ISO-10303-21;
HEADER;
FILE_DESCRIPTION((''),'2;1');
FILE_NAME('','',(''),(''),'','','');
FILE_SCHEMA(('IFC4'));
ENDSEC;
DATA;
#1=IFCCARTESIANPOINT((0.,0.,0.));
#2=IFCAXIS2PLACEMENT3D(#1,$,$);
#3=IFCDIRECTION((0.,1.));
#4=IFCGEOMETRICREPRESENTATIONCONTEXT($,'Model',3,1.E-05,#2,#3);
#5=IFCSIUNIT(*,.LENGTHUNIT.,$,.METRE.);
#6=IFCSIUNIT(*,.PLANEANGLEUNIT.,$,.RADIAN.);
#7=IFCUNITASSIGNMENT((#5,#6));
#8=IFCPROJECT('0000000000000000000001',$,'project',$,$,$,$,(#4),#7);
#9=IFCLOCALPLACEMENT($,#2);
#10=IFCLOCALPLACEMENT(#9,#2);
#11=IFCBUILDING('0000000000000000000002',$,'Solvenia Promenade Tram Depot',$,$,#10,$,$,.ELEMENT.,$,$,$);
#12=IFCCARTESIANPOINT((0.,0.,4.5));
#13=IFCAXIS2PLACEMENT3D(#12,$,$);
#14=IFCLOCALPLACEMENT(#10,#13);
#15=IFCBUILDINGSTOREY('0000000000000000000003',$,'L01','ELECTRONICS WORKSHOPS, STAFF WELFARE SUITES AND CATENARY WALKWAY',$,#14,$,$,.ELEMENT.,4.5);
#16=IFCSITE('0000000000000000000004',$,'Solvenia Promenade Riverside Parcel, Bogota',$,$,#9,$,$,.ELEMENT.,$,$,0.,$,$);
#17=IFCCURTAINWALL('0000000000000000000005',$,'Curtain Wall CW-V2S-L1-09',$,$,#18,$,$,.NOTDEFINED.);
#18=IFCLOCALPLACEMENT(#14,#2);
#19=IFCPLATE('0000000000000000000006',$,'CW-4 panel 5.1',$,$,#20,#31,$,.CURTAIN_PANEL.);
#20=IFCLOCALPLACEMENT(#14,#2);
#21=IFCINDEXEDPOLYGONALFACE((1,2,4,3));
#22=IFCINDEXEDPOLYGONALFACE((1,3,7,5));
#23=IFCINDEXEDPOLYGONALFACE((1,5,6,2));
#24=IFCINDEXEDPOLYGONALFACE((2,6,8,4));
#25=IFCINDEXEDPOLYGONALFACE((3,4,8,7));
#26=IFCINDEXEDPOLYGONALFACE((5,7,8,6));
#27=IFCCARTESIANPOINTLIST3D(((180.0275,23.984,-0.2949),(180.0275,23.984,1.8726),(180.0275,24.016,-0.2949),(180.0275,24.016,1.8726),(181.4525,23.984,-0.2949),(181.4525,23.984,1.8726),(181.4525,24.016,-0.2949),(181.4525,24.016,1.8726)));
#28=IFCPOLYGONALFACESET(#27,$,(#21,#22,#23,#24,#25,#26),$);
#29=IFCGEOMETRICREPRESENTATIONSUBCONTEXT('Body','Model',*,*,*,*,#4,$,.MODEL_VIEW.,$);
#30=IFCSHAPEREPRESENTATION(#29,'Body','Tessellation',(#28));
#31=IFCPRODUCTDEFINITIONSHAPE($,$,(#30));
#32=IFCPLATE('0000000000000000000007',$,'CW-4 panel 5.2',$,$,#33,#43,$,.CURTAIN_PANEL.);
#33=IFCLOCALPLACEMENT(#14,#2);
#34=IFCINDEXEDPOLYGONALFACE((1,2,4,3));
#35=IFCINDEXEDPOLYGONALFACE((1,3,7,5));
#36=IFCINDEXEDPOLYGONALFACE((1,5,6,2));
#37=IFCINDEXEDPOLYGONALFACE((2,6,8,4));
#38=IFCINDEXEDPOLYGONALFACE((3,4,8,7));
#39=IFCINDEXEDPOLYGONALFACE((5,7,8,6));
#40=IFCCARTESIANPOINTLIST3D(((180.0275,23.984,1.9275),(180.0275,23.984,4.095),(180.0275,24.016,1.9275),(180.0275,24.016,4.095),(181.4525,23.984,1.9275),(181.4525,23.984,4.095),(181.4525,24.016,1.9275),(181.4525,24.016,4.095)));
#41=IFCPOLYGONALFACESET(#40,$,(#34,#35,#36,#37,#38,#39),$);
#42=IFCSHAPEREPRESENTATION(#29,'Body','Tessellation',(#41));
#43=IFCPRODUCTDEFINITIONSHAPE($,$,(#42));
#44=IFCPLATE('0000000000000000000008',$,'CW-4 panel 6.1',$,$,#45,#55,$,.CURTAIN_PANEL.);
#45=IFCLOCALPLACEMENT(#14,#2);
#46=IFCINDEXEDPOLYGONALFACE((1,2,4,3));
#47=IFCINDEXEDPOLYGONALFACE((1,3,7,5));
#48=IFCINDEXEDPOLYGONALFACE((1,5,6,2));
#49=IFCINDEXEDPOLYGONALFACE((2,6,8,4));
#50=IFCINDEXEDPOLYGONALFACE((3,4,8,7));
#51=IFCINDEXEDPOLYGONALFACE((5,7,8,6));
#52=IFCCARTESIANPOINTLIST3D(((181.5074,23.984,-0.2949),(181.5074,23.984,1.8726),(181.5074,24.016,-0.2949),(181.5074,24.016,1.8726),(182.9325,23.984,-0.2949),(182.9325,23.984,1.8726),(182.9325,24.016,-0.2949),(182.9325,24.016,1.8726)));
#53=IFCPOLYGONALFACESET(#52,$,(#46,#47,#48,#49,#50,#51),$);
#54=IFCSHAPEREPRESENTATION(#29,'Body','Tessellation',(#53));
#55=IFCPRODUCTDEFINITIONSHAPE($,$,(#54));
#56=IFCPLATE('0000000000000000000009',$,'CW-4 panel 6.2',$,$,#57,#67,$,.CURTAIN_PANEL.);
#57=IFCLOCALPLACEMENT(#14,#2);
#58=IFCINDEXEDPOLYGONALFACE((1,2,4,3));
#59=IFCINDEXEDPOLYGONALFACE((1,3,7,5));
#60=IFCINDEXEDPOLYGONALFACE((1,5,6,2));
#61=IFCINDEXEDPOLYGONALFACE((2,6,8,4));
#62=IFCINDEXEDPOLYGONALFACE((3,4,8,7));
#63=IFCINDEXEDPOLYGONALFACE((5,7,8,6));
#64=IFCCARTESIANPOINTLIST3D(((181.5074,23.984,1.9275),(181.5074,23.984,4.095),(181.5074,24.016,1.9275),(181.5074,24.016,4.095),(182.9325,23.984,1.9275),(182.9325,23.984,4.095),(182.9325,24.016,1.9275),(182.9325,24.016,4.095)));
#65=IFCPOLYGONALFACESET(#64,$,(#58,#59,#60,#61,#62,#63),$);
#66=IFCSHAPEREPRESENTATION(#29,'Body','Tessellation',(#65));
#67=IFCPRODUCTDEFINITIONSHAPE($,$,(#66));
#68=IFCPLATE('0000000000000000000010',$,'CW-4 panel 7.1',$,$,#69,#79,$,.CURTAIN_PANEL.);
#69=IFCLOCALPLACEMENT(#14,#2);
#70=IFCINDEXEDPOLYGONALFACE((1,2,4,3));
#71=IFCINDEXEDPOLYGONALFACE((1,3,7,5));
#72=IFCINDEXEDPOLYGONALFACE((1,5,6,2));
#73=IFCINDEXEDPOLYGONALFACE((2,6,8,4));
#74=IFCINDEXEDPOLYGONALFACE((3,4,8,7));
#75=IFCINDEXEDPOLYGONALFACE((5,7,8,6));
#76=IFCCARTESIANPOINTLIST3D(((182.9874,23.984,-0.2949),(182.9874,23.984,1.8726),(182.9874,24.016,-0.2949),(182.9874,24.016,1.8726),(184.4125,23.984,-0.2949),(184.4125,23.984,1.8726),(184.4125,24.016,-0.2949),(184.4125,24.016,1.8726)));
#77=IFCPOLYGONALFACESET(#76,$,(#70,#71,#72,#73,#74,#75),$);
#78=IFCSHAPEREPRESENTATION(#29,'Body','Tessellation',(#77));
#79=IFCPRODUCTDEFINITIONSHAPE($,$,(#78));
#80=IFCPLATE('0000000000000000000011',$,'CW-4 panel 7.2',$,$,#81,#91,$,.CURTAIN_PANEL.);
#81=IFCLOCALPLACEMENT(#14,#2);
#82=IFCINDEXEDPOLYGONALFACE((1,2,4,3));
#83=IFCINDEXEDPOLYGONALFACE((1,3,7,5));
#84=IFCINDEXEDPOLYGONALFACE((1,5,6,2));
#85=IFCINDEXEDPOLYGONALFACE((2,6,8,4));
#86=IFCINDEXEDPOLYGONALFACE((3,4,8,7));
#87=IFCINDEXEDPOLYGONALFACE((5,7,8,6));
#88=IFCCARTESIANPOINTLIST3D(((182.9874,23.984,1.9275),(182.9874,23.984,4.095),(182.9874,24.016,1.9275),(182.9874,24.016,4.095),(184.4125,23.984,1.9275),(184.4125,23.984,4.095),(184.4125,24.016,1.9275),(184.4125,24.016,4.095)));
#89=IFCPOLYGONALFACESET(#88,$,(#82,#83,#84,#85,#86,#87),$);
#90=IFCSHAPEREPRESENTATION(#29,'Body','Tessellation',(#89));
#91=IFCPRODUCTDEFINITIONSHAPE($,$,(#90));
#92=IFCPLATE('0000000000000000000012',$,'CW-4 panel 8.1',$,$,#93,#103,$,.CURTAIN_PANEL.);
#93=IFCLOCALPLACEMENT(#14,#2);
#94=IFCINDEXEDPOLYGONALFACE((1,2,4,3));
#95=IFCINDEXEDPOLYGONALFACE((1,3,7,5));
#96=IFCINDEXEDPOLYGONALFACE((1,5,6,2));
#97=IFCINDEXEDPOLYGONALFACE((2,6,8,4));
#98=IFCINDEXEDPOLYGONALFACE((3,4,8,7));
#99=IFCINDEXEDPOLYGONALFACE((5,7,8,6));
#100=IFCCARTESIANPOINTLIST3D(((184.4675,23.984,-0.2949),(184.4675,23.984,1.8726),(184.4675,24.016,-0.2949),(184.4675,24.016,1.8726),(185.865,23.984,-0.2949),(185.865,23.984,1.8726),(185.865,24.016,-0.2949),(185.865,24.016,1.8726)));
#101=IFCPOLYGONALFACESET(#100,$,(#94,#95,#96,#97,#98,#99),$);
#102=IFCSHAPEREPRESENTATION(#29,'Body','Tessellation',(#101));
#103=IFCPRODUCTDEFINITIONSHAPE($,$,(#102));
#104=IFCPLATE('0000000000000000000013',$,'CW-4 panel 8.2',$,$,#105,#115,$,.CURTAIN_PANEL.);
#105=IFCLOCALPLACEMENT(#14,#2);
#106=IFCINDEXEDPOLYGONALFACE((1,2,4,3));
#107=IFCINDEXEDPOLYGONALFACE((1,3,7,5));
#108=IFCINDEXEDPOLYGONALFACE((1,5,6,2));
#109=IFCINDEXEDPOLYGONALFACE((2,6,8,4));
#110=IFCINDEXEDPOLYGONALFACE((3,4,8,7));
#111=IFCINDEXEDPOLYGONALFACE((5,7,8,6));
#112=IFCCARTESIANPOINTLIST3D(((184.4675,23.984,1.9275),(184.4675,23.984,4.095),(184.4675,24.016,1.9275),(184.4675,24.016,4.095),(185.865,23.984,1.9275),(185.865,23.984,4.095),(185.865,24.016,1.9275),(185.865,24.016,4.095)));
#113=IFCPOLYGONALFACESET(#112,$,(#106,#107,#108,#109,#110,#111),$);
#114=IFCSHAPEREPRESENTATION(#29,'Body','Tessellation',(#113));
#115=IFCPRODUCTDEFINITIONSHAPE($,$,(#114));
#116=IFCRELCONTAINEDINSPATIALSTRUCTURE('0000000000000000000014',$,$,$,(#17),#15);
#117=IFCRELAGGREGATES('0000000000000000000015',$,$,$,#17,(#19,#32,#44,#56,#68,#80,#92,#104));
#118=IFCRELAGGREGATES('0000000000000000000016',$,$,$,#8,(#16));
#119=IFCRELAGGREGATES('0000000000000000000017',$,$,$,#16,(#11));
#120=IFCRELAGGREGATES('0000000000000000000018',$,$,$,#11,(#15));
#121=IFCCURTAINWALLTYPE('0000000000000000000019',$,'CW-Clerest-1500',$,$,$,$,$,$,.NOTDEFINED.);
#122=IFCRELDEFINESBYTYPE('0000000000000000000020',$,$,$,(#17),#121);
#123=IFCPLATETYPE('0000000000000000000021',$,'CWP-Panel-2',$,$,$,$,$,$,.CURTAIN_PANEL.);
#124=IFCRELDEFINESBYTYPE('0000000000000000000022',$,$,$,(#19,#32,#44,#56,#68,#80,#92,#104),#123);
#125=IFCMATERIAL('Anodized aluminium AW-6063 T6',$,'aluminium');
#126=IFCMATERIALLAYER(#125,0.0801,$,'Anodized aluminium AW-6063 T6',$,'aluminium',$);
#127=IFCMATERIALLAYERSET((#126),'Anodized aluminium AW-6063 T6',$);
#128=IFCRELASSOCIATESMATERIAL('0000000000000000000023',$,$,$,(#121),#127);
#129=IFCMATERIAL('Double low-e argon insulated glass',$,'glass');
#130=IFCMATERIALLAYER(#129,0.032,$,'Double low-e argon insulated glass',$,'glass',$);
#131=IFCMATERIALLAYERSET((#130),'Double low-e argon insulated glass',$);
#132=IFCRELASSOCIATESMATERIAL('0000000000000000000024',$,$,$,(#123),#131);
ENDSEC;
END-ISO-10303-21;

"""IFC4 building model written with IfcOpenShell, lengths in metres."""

from ifc_helpers import new_model, si_unit, direction, frame, origin, origin_2d, place, context, subcontext, project, spatial, rectangle, extrude, material, layer, layer_set, type_object, element, aggregate, save


model = new_model("IFC4")

# Units and contexts
model_context = context("Model", 3, precision=1e-05, world=origin(), true_north=direction((0.0, 1.0)))
body_context = subcontext(model_context, "Body", "Model", "MODEL_VIEW")
ifc_project = project(units=[si_unit("LENGTHUNIT", "METRE"), si_unit("PLANEANGLEUNIT", "RADIAN")], contexts=[model_context])

# Site, building, storey
site_placement = place(None, origin())
site = spatial("IfcSite", under=ifc_project, at=site_placement, Name="Solvenia Promenade Riverside Parcel, Bogota", CompositionType="ELEMENT", RefElevation=0.0)
building_placement = place(site_placement, origin())
building = spatial("IfcBuilding", under=site, at=building_placement, Name="Solvenia Promenade Tram Depot", CompositionType="ELEMENT")
storey_placement = place(building_placement, frame((0.0, 0.0, 4.5)))
storey = spatial("IfcBuildingStorey", under=building, at=storey_placement, Name="L01", Description="ELECTRONICS WORKSHOPS, STAFF WELFARE SUITES AND CATENARY WALKWAY", CompositionType="ELEMENT", Elevation=4.5)

# Curtain wall
ifc_material_1 = material(Name="Anodized aluminium AW-6063 T6", Category="aluminium")
ifc_layer_1 = layer(ifc_material_1, 0.0801, Name="Anodized aluminium AW-6063 T6", Category="aluminium")
ifc_layer_set_1 = layer_set([ifc_layer_1], Name="Anodized aluminium AW-6063 T6")
curtain_wall_type = type_object("IfcCurtainWallType", Name="CW-Clerest-1500", PredefinedType="NOTDEFINED", material=ifc_layer_set_1)
curtain_wall_placement = place(storey_placement, origin())
curtain_wall = element("IfcCurtainWall", 1, at=curtain_wall_placement, inside=storey, type_object=curtain_wall_type, Name="Curtain Wall CW-V2S-L1-09", PredefinedType="NOTDEFINED")

# Plates
ifc_material_2 = material(Name="Double low-e argon insulated glass", Category="glass")
ifc_layer_2 = layer(ifc_material_2, 0.032, Name="Double low-e argon insulated glass", Category="glass")
ifc_layer_set_2 = layer_set([ifc_layer_2], Name="Double low-e argon insulated glass")
plate_type = type_object("IfcPlateType", Name="CWP-Panel-2", PredefinedType="CURTAIN_PANEL", material=ifc_layer_set_2)
plate_1_placement = place(storey_placement, frame((180.74, 24.0, -0.2949), z_axis=(0.0, 0.0, 1.0), x_axis=(1.0, 0.0, 0.0)))
plate_1 = element("IfcPlate", 2, at=plate_1_placement, type_object=plate_type, Name="CW-4 panel 5.1", PredefinedType="CURTAIN_PANEL", context=body_context, shape_type="SweptSolid", body=[
    extrude(rectangle(XDim=1.425, YDim=0.032, at=origin_2d()), origin(), (0.0, 0.0, 1.0), 2.1675),
])
plate_2_placement = place(storey_placement, frame((180.74, 24.0, 1.9275), z_axis=(0.0, 0.0, 1.0), x_axis=(1.0, 0.0, 0.0)))
plate_2 = element("IfcPlate", 3, at=plate_2_placement, type_object=plate_type, Name="CW-4 panel 5.2", PredefinedType="CURTAIN_PANEL", context=body_context, shape_type="SweptSolid", body=[
    extrude(rectangle(XDim=1.425, YDim=0.032, at=origin_2d()), origin(), (0.0, 0.0, 1.0), 2.1675),
])
plate_3_placement = place(storey_placement, frame((182.22, 24.0, -0.2949), z_axis=(0.0, 0.0, 1.0), x_axis=(1.0, 0.0, 0.0)))
plate_3 = element("IfcPlate", 4, at=plate_3_placement, type_object=plate_type, Name="CW-4 panel 6.1", PredefinedType="CURTAIN_PANEL", context=body_context, shape_type="SweptSolid", body=[
    extrude(rectangle(XDim=1.425, YDim=0.032, at=origin_2d()), origin(), (0.0, 0.0, 1.0), 2.1675),
])
plate_4_placement = place(storey_placement, frame((182.22, 24.0, 1.9275), z_axis=(0.0, 0.0, 1.0), x_axis=(1.0, 0.0, 0.0)))
plate_4 = element("IfcPlate", 5, at=plate_4_placement, type_object=plate_type, Name="CW-4 panel 6.2", PredefinedType="CURTAIN_PANEL", context=body_context, shape_type="SweptSolid", body=[
    extrude(rectangle(XDim=1.425, YDim=0.032, at=origin_2d()), origin(), (0.0, 0.0, 1.0), 2.1675),
])
plate_5_placement = place(storey_placement, frame((183.7, 24.0, -0.2949), z_axis=(0.0, 0.0, 1.0), x_axis=(1.0, 0.0, 0.0)))
plate_5 = element("IfcPlate", 6, at=plate_5_placement, type_object=plate_type, Name="CW-4 panel 7.1", PredefinedType="CURTAIN_PANEL", context=body_context, shape_type="SweptSolid", body=[
    extrude(rectangle(XDim=1.425, YDim=0.032, at=origin_2d()), origin(), (0.0, 0.0, 1.0), 2.1675),
])
plate_6_placement = place(storey_placement, frame((183.7, 24.0, 1.9275), z_axis=(0.0, 0.0, 1.0), x_axis=(1.0, 0.0, 0.0)))
plate_6 = element("IfcPlate", 7, at=plate_6_placement, type_object=plate_type, Name="CW-4 panel 7.2", PredefinedType="CURTAIN_PANEL", context=body_context, shape_type="SweptSolid", body=[
    extrude(rectangle(XDim=1.425, YDim=0.032, at=origin_2d()), origin(), (0.0, 0.0, 1.0), 2.1675),
])
plate_7_placement = place(storey_placement, frame((185.1663, 24.0, -0.2949), z_axis=(0.0, 0.0, 1.0), x_axis=(1.0, 0.0, 0.0)))
plate_7 = element("IfcPlate", 8, at=plate_7_placement, type_object=plate_type, Name="CW-4 panel 8.1", PredefinedType="CURTAIN_PANEL", context=body_context, shape_type="SweptSolid", body=[
    extrude(rectangle(XDim=1.3975, YDim=0.032, at=origin_2d()), origin(), (0.0, 0.0, 1.0), 2.1675),
])
plate_8_placement = place(storey_placement, frame((185.1663, 24.0, 1.9275), z_axis=(0.0, 0.0, 1.0), x_axis=(1.0, 0.0, 0.0)))
plate_8 = element("IfcPlate", 9, at=plate_8_placement, type_object=plate_type, Name="CW-4 panel 8.2", PredefinedType="CURTAIN_PANEL", context=body_context, shape_type="SweptSolid", body=[
    extrude(rectangle(XDim=1.3975, YDim=0.032, at=origin_2d()), origin(), (0.0, 0.0, 1.0), 2.1675),
])
aggregate(curtain_wall, [plate_1, plate_2, plate_3, plate_4, plate_5, plate_6, plate_7, plate_8])

save(model, "model.ifc")
